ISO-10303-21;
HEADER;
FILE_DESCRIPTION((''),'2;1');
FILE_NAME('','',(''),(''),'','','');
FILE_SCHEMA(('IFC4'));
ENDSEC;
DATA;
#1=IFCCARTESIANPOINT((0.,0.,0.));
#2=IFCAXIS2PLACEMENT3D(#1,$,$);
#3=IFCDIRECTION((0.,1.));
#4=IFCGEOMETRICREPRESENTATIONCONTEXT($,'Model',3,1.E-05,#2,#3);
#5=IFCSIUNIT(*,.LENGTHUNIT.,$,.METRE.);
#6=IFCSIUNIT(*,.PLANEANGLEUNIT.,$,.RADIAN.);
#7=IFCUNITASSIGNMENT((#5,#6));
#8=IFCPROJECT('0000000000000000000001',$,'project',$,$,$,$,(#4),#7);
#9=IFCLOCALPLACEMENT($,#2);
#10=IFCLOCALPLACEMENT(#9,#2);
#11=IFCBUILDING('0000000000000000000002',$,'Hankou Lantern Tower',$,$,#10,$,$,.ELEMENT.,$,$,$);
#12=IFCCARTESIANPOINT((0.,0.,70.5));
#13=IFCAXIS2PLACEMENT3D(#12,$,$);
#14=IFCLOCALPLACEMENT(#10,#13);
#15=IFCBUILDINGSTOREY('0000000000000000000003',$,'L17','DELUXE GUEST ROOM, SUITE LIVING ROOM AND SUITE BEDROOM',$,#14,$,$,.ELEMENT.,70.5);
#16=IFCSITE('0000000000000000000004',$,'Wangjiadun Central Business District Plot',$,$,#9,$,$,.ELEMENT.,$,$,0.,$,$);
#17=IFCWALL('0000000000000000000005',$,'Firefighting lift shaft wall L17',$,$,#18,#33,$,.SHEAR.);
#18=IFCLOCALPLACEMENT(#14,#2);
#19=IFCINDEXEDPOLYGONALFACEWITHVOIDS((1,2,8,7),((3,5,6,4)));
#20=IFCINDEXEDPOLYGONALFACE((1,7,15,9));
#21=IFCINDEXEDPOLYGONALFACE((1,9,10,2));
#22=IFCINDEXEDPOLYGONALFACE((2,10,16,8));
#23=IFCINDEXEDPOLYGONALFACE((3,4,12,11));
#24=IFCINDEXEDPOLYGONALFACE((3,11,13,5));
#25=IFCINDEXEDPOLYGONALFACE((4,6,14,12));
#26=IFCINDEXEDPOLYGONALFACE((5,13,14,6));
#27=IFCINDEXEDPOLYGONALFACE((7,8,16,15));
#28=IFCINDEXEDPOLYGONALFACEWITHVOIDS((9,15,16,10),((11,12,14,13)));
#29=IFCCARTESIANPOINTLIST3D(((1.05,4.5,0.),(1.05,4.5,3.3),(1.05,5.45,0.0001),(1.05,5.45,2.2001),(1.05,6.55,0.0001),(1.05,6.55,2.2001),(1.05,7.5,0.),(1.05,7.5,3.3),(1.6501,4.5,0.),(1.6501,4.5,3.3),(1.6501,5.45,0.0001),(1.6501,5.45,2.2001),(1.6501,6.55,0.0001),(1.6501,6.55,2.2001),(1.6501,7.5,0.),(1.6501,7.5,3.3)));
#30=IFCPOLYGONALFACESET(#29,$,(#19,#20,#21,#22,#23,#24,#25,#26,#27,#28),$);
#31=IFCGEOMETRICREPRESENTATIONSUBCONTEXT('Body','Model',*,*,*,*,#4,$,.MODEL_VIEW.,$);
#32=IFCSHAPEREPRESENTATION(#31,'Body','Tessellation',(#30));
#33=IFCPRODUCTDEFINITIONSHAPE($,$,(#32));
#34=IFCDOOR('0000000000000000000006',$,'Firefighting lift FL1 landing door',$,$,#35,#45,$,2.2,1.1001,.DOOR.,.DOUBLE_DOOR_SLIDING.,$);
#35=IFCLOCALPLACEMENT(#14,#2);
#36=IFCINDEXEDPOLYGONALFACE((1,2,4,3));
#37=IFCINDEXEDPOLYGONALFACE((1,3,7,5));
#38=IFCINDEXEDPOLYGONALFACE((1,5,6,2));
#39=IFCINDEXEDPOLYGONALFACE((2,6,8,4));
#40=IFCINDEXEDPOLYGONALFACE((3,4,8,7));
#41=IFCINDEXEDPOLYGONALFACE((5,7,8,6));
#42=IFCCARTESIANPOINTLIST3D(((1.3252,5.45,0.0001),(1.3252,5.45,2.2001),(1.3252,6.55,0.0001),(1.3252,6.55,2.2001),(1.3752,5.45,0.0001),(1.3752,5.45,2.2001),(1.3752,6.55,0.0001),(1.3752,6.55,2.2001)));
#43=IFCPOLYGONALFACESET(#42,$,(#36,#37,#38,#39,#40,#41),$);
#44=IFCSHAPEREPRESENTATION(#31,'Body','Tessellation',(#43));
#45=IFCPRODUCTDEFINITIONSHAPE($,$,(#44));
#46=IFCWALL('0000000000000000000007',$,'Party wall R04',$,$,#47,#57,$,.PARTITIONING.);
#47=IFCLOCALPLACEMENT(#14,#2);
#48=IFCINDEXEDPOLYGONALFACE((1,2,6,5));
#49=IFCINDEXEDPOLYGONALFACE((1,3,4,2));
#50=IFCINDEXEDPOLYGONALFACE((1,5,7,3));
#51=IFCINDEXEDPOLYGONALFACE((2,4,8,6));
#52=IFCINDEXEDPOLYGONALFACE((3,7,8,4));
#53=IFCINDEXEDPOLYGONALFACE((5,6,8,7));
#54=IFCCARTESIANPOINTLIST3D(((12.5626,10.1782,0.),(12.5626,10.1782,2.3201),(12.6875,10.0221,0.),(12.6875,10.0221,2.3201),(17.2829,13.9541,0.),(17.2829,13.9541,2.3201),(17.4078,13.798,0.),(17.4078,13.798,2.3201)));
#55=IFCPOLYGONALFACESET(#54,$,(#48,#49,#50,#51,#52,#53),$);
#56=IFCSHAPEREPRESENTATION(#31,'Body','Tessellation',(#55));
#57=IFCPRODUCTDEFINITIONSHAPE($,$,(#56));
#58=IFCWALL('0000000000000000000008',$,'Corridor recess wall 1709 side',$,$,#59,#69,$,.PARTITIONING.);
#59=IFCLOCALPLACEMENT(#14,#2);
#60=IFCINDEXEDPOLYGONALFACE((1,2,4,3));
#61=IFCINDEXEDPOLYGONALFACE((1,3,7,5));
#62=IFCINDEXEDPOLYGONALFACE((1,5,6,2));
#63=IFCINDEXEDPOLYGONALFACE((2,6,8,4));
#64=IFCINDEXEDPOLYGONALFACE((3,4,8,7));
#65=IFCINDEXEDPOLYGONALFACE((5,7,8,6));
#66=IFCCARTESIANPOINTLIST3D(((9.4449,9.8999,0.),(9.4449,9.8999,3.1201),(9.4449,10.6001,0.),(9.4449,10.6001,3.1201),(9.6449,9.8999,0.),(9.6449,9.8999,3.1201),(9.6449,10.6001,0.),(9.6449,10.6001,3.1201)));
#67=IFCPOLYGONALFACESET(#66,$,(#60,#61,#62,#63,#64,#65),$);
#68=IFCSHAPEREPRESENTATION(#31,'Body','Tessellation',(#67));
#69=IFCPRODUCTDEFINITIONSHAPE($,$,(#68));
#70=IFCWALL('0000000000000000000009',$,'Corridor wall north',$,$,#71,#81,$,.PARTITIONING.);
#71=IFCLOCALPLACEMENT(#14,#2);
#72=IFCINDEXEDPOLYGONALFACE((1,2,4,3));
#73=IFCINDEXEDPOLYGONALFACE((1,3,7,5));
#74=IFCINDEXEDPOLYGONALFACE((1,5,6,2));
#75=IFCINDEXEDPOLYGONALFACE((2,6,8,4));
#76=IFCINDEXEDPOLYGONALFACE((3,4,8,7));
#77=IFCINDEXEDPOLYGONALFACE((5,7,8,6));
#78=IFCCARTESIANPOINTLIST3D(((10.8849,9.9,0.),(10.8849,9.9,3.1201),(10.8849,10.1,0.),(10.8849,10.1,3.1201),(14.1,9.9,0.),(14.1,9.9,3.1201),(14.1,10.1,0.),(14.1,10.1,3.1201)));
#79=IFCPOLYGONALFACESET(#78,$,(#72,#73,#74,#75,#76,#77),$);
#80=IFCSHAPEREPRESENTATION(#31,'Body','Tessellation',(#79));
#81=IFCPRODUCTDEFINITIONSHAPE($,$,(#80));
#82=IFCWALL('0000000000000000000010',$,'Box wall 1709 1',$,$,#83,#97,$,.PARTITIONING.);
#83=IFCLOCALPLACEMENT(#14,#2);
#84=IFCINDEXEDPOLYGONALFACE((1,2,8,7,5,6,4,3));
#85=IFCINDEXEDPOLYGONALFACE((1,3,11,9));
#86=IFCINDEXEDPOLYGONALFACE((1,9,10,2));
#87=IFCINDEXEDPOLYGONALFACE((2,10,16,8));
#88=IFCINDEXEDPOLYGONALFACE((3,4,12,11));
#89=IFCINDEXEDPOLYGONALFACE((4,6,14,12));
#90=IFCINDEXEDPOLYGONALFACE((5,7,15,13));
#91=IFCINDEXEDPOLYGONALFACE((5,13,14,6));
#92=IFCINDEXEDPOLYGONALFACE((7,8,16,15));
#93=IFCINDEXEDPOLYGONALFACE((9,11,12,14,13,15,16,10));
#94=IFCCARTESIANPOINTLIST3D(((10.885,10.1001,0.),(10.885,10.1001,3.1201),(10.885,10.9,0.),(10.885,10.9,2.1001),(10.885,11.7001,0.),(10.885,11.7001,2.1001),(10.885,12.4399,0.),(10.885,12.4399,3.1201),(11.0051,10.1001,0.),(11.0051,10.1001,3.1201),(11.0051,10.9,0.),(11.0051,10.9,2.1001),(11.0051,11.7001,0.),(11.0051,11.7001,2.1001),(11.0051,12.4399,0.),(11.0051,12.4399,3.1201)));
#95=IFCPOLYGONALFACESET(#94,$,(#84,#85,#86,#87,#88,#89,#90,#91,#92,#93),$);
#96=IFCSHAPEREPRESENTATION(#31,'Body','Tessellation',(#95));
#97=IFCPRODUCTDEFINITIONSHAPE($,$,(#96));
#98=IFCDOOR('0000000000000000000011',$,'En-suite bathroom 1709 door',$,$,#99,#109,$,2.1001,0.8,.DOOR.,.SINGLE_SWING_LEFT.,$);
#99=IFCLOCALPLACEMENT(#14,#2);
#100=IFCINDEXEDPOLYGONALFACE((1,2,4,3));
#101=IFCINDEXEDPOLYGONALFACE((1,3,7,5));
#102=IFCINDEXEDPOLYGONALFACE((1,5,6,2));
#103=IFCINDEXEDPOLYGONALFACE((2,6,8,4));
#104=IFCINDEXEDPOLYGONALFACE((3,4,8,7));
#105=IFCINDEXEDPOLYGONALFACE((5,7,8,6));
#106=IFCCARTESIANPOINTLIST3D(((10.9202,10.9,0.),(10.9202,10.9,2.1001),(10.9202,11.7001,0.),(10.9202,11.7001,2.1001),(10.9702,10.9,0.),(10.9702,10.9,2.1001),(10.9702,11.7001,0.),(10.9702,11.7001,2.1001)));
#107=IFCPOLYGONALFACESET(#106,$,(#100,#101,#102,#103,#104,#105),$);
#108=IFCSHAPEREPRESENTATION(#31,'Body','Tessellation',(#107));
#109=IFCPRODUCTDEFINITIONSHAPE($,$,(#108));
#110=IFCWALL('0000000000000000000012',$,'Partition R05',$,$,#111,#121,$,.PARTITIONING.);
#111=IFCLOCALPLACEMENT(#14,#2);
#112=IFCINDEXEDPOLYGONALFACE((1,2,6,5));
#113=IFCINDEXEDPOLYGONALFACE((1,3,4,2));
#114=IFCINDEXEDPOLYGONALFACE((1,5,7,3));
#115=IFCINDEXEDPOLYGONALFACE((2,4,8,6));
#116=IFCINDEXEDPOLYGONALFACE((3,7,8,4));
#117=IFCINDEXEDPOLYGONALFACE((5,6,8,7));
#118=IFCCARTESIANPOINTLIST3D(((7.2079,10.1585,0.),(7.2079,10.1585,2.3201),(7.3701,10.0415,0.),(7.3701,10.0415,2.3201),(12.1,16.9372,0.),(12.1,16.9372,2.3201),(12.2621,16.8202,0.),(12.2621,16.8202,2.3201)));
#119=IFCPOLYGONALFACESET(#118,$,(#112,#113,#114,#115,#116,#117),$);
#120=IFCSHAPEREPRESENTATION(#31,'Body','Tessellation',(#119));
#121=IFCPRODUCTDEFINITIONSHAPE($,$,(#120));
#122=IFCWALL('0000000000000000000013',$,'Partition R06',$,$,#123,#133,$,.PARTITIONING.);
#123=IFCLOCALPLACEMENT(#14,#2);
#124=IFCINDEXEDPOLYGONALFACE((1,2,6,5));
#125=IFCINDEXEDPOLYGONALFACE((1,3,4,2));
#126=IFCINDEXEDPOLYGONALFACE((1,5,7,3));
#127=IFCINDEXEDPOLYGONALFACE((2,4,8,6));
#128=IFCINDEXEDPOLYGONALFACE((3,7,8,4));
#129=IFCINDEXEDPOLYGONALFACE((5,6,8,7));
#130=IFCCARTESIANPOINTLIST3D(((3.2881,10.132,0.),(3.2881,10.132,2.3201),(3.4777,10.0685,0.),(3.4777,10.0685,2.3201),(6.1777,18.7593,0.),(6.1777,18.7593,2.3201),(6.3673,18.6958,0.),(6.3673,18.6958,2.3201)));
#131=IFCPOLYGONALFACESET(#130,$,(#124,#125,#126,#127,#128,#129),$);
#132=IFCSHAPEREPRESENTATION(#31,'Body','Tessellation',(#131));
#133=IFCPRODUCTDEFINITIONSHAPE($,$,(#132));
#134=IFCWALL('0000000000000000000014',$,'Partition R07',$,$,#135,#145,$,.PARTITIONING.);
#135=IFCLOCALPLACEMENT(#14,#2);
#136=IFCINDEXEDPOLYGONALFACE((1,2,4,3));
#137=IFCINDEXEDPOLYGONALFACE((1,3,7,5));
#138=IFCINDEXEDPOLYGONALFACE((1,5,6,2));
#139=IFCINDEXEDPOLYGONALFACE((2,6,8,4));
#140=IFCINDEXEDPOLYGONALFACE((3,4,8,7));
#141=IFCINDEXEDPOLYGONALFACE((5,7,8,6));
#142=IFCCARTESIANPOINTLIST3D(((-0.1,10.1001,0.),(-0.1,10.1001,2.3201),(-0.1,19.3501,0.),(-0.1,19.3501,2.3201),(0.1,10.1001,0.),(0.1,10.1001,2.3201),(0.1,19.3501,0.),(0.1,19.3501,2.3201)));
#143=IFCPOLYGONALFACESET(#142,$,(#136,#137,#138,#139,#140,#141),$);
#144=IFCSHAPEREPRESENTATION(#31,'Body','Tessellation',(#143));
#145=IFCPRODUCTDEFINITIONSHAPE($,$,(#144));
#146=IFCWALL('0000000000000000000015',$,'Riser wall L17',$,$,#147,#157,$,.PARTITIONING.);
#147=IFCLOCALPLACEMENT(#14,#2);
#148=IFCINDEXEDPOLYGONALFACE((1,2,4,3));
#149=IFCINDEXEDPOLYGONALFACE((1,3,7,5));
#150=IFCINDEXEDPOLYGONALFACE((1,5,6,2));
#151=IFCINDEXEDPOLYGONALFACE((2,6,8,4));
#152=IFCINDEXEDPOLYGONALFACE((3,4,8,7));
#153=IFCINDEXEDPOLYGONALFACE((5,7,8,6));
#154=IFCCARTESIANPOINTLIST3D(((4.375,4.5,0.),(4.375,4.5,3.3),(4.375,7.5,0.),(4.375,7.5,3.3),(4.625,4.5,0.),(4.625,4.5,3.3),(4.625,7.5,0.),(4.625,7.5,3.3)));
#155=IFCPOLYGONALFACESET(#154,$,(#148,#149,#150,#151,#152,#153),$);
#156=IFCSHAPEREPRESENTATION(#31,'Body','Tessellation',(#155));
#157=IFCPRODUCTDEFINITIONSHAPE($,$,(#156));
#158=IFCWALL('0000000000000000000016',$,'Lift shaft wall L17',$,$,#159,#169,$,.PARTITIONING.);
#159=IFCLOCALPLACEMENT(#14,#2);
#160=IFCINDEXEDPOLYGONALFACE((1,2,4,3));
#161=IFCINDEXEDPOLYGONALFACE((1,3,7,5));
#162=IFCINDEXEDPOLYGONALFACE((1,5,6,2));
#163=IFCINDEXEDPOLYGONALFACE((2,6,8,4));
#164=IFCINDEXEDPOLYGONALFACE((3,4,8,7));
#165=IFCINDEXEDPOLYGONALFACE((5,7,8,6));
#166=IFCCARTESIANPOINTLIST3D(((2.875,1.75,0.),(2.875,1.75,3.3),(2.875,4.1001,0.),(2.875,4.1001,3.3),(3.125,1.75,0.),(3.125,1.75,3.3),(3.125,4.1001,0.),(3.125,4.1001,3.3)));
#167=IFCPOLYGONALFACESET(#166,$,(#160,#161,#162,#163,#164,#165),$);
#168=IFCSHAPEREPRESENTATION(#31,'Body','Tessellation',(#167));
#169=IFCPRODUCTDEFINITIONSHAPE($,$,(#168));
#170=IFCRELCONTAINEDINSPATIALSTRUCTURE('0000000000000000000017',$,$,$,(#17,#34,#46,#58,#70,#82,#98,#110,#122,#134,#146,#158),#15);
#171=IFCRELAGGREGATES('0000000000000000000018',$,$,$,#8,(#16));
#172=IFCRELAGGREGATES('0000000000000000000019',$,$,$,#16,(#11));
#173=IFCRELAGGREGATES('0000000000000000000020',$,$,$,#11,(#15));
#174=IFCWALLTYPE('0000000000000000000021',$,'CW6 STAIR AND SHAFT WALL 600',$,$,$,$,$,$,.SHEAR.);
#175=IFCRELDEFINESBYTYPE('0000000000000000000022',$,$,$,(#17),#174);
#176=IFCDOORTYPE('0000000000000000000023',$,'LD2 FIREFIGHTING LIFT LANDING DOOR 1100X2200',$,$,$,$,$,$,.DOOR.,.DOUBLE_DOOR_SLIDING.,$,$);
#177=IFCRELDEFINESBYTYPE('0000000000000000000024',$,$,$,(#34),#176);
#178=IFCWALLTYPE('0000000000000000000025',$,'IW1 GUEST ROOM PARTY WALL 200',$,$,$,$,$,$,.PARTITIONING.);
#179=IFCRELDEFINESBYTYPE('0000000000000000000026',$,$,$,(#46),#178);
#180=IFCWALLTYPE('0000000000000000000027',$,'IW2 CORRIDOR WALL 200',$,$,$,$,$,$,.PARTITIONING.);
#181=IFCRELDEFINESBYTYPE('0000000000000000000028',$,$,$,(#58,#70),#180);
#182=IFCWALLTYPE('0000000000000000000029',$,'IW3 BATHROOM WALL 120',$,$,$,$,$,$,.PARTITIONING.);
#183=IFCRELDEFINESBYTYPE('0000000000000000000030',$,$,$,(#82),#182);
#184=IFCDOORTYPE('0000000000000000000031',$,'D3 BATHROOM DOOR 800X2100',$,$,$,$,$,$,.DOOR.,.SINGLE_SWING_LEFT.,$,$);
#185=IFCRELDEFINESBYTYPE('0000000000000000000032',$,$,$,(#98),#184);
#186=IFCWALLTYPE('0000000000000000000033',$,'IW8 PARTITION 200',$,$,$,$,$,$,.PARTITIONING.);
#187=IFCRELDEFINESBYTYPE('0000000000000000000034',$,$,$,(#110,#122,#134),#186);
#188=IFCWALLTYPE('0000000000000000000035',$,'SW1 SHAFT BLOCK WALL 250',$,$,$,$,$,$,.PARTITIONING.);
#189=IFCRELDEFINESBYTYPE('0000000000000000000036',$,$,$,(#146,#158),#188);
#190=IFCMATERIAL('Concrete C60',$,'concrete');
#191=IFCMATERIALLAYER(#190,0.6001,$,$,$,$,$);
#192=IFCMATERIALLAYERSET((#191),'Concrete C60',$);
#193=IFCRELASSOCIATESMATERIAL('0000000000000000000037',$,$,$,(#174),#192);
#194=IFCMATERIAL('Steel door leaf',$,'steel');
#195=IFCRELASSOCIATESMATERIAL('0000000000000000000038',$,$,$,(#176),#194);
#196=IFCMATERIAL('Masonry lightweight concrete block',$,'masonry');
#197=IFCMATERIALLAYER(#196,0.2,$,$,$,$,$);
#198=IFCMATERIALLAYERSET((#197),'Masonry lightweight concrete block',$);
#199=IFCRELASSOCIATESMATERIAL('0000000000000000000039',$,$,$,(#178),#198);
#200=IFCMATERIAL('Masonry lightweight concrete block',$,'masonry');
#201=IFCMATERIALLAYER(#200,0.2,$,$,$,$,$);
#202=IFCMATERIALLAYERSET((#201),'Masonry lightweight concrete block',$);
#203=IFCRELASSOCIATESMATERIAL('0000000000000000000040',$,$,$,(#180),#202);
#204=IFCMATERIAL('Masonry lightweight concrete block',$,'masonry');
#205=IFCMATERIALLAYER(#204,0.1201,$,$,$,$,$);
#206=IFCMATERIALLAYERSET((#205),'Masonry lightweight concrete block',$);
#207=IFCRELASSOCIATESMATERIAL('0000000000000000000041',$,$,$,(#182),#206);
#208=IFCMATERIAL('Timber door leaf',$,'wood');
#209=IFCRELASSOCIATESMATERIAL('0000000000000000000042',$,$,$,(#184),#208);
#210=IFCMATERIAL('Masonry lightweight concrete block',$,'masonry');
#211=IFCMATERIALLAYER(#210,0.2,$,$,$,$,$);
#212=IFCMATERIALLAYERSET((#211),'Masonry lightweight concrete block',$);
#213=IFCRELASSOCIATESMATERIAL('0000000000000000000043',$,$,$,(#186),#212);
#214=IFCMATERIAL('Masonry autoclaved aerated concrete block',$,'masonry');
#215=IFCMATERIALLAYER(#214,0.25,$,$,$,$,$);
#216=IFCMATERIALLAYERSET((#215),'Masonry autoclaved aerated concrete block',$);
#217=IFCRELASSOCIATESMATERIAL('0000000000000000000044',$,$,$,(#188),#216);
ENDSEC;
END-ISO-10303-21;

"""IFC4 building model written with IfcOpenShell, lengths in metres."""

from ifc_helpers import new_model, si_unit, direction, frame, frame_2d, origin, place, context, subcontext, project, spatial, rectangle, extrude, material, layer, layer_set, type_object, element, fill, save


model = new_model("IFC4")

# Units and contexts
model_context = context("Model", 3, precision=1e-05, world=origin(), true_north=direction((0.0, 1.0)))
body_context = subcontext(model_context, "Body", "Model", "MODEL_VIEW")
ifc_project = project(units=[si_unit("LENGTHUNIT", "METRE"), si_unit("PLANEANGLEUNIT", "RADIAN")], contexts=[model_context])

# Site, building, storey
site_placement = place(None, origin())
site = spatial("IfcSite", under=ifc_project, at=site_placement, Name="Wangjiadun Central Business District Plot", CompositionType="ELEMENT", RefElevation=0.0)
building_placement = place(site_placement, origin())
building = spatial("IfcBuilding", under=site, at=building_placement, Name="Hankou Lantern Tower", CompositionType="ELEMENT")
storey_placement = place(building_placement, frame((0.0, 0.0, 70.5)))
storey = spatial("IfcBuildingStorey", under=building, at=storey_placement, Name="L17", Description="DELUXE GUEST ROOM, SUITE LIVING ROOM AND SUITE BEDROOM", CompositionType="ELEMENT", Elevation=70.5)

# Wall, opening, door
ifc_material_1 = material(Name="Concrete C60", Category="concrete")
ifc_layer_1 = layer(ifc_material_1, 0.6001)
ifc_layer_set_1 = layer_set([ifc_layer_1], Name="Concrete C60")
wall_type_1 = type_object("IfcWallType", Name="CW6 STAIR AND SHAFT WALL 600", PredefinedType="SHEAR", material=ifc_layer_set_1)
wall_1_placement = place(storey_placement, frame((1.3501, 4.5, 0.0), z_axis=(0.0, 0.0, 1.0), x_axis=(0.0, 1.0, 0.0)))
wall_1 = element("IfcWall", 1, at=wall_1_placement, inside=storey, type_object=wall_type_1, Name="Firefighting lift shaft wall L17", PredefinedType="SHEAR", context=body_context, shape_type="SweptSolid", body=[
    extrude(rectangle(XDim=3.0, YDim=0.6001, at=frame_2d((1.5, 0.0))), origin(), (0.0, 0.0, 1.0), 3.3),
])
opening_1_placement = place(wall_1_placement, frame((0.95, 0.0, 0.0)))
opening_1 = element("IfcOpeningElement", 2, at=opening_1_placement, cuts=wall_1, PredefinedType="OPENING", context=body_context, shape_type="SweptSolid", body=[
    extrude(rectangle(XDim=1.1001, YDim=2.2, at=frame_2d((0.55, 1.1001))), frame((0.0, 0.3101, 0.0), z_axis=(0.0, -1.0, 0.0), x_axis=(1.0, 0.0, 0.0)), (0.0, 0.0, 1.0), 0.6201),
])
ifc_material_2 = material(Name="Steel door leaf", Category="steel")
door_type_1 = type_object("IfcDoorType", Name="LD2 FIREFIGHTING LIFT LANDING DOOR 1100X2200", OperationType="DOUBLE_DOOR_SLIDING", PredefinedType="DOOR", material=ifc_material_2)
door_1_placement = place(opening_1_placement, origin())
door_1 = element("IfcDoor", 3, at=door_1_placement, inside=storey, type_object=door_type_1, Name="Firefighting lift FL1 landing door", OperationType="DOUBLE_DOOR_SLIDING", OverallHeight=2.2, OverallWidth=1.1001, PredefinedType="DOOR", context=body_context, shape_type="SweptSolid", body=[
    extrude(rectangle(XDim=1.1001, YDim=2.2, at=frame_2d((0.55, 1.1001))), frame((0.0, 0.0249, 0.0), z_axis=(0.0, -1.0, 0.0), x_axis=(1.0, 0.0, 0.0)), (0.0, 0.0, 1.0), 0.05),
])
fill(opening_1, door_1)

# Walls
ifc_material_3 = material(Name="Masonry lightweight concrete block", Category="masonry")
ifc_layer_2 = layer(ifc_material_3, 0.2)
ifc_layer_set_2 = layer_set([ifc_layer_2], Name="Masonry lightweight concrete block")
wall_type_2 = type_object("IfcWallType", Name="IW1 GUEST ROOM PARTY WALL 200", PredefinedType="PARTITIONING", material=ifc_layer_set_2)
wall_2_placement = place(storey_placement, frame((12.625, 10.1001, 0.0), z_axis=(0.0, 0.0, 1.0), x_axis=(0.780892, 0.624665, 0.0)))
element("IfcWall", 4, at=wall_2_placement, inside=storey, type_object=wall_type_2, Name="Party wall R04", PredefinedType="PARTITIONING", context=body_context, shape_type="SweptSolid", body=[
    extrude(rectangle(XDim=6.0447, YDim=0.2, at=frame_2d((3.0225, 0.0))), origin(), (0.0, 0.0, 1.0), 2.3201),
])
ifc_material_4 = material(Name="Masonry lightweight concrete block", Category="masonry")
ifc_layer_3 = layer(ifc_material_4, 0.2)
ifc_layer_set_3 = layer_set([ifc_layer_3], Name="Masonry lightweight concrete block")
wall_type_3 = type_object("IfcWallType", Name="IW2 CORRIDOR WALL 200", PredefinedType="PARTITIONING", material=ifc_layer_set_3)
wall_3_placement = place(storey_placement, frame((9.5449, 9.8999, 0.0), z_axis=(0.0, 0.0, 1.0), x_axis=(0.0, 1.0, 0.0)))
element("IfcWall", 5, at=wall_3_placement, inside=storey, type_object=wall_type_3, Name="Corridor recess wall 1709 side", PredefinedType="PARTITIONING", context=body_context, shape_type="SweptSolid", body=[
    extrude(rectangle(XDim=0.7002, YDim=0.2, at=frame_2d((0.3501, 0.0))), origin(), (0.0, 0.0, 1.0), 3.1201),
])
wall_4_placement = place(storey_placement, frame((10.885, 10.0, 0.0), z_axis=(0.0, 0.0, 1.0), x_axis=(1.0, 0.0, 0.0)))
element("IfcWall", 6, at=wall_4_placement, inside=storey, type_object=wall_type_3, Name="Corridor wall north", PredefinedType="PARTITIONING", context=body_context, shape_type="SweptSolid", body=[
    extrude(rectangle(XDim=3.2151, YDim=0.2, at=frame_2d((1.6074, 0.0))), origin(), (0.0, 0.0, 1.0), 3.1201),
])

# Wall, opening, door
ifc_material_5 = material(Name="Masonry lightweight concrete block", Category="masonry")
ifc_layer_4 = layer(ifc_material_5, 0.1201)
ifc_layer_set_4 = layer_set([ifc_layer_4], Name="Masonry lightweight concrete block")
wall_type_4 = type_object("IfcWallType", Name="IW3 BATHROOM WALL 120", PredefinedType="PARTITIONING", material=ifc_layer_set_4)
wall_5_placement = place(storey_placement, frame((10.9451, 10.1001, 0.0), z_axis=(0.0, 0.0, 1.0), x_axis=(0.0, 1.0, 0.0)))
wall_5 = element("IfcWall", 7, at=wall_5_placement, inside=storey, type_object=wall_type_4, Name="Box wall 1709 1", PredefinedType="PARTITIONING", context=body_context, shape_type="SweptSolid", body=[
    extrude(rectangle(XDim=2.3398, YDim=0.1201, at=frame_2d((1.1699, 0.0))), origin(), (0.0, 0.0, 1.0), 3.1201),
])
opening_2_placement = place(wall_5_placement, frame((0.8, 0.0, 0.0)))
opening_2 = element("IfcOpeningElement", 8, at=opening_2_placement, cuts=wall_5, PredefinedType="OPENING", context=body_context, shape_type="SweptSolid", body=[
    extrude(rectangle(XDim=0.8, YDim=2.1001, at=frame_2d((0.3999, 1.05))), frame((0.0, 0.0701, 0.0), z_axis=(0.0, -1.0, 0.0), x_axis=(1.0, 0.0, 0.0)), (0.0, 0.0, 1.0), 0.1401),
])
ifc_material_6 = material(Name="Timber door leaf", Category="wood")
door_type_2 = type_object("IfcDoorType", Name="D3 BATHROOM DOOR 800X2100", OperationType="SINGLE_SWING_LEFT", PredefinedType="DOOR", material=ifc_material_6)
door_2_placement = place(opening_2_placement, origin())
door_2 = element("IfcDoor", 9, at=door_2_placement, inside=storey, type_object=door_type_2, Name="En-suite bathroom 1709 door", OperationType="SINGLE_SWING_LEFT", OverallHeight=2.1001, OverallWidth=0.8, PredefinedType="DOOR", context=body_context, shape_type="SweptSolid", body=[
    extrude(rectangle(XDim=0.8, YDim=2.1001, at=frame_2d((0.3999, 1.05))), frame((0.0, 0.0249, 0.0), z_axis=(0.0, -1.0, 0.0), x_axis=(1.0, 0.0, 0.0)), (0.0, 0.0, 1.0), 0.05),
])
fill(opening_2, door_2)

# Walls
ifc_material_7 = material(Name="Masonry lightweight concrete block", Category="masonry")
ifc_layer_5 = layer(ifc_material_7, 0.2)
ifc_layer_set_5 = layer_set([ifc_layer_5], Name="Masonry lightweight concrete block")
wall_type_5 = type_object("IfcWallType", Name="IW8 PARTITION 200", PredefinedType="PARTITIONING", material=ifc_layer_set_5)
wall_6_placement = place(storey_placement, frame((7.2891, 10.1001, 0.0), z_axis=(0.0, 0.0, 1.0), x_axis=(0.585198, 0.81089, 0.0)))
element("IfcWall", 10, at=wall_6_placement, inside=storey, type_object=wall_type_5, Name="Partition R05", PredefinedType="PARTITIONING", context=body_context, shape_type="SweptSolid", body=[
    extrude(rectangle(XDim=8.3596, YDim=0.2, at=frame_2d((4.1797, 0.0))), origin(), (0.0, 0.0, 1.0), 2.3201),
])
wall_7_placement = place(storey_placement, frame((3.3828, 10.1001, 0.0), z_axis=(0.0, 0.0, 1.0), x_axis=(0.317596, 0.948226, 0.0)))
element("IfcWall", 11, at=wall_7_placement, inside=storey, type_object=wall_type_5, Name="Partition R06", PredefinedType="PARTITIONING", context=body_context, shape_type="SweptSolid", body=[
    extrude(rectangle(XDim=9.0984, YDim=0.2, at=frame_2d((4.5493, 0.0))), origin(), (0.0, 0.0, 1.0), 2.3201),
])
wall_8_placement = place(storey_placement, frame((0.0, 10.1001, 0.0), z_axis=(0.0, 0.0, 1.0), x_axis=(0.0, 1.0, 0.0)))
element("IfcWall", 12, at=wall_8_placement, inside=storey, type_object=wall_type_5, Name="Partition R07", PredefinedType="PARTITIONING", context=body_context, shape_type="SweptSolid", body=[
    extrude(rectangle(XDim=9.25, YDim=0.2, at=frame_2d((4.625, 0.0))), origin(), (0.0, 0.0, 1.0), 2.3201),
])
ifc_material_8 = material(Name="Masonry autoclaved aerated concrete block", Category="masonry")
ifc_layer_6 = layer(ifc_material_8, 0.25)
ifc_layer_set_6 = layer_set([ifc_layer_6], Name="Masonry autoclaved aerated concrete block")
wall_type_6 = type_object("IfcWallType", Name="SW1 SHAFT BLOCK WALL 250", PredefinedType="PARTITIONING", material=ifc_layer_set_6)
wall_9_placement = place(storey_placement, frame((4.5, 4.5, 0.0), z_axis=(0.0, 0.0, 1.0), x_axis=(0.0, 1.0, 0.0)))
element("IfcWall", 13, at=wall_9_placement, inside=storey, type_object=wall_type_6, Name="Riser wall L17", PredefinedType="PARTITIONING", context=body_context, shape_type="SweptSolid", body=[
    extrude(rectangle(XDim=3.0, YDim=0.25, at=frame_2d((1.5, 0.0))), origin(), (0.0, 0.0, 1.0), 3.3),
])
for number, where, z_axis, x_axis, name in (
    (14, (3.0, 1.75, 0.0), (0.0, 0.0, 1.0), (0.0, 1.0, 0.0), "Lift shaft wall L17"),
):
    element("IfcWall", number, at=place(storey_placement, frame(where, z_axis=z_axis, x_axis=x_axis)), inside=storey, type_object=wall_type_6, Name=name, PredefinedType="PARTITIONING", context=body_context, shape_type="SweptSolid", body=[
        extrude(rectangle(XDim=2.3501, YDim=0.25, at=frame_2d((1.175, 0.0))), origin(), (0.0, 0.0, 1.0), 3.3),
    ])

save(model, "model.ifc")
